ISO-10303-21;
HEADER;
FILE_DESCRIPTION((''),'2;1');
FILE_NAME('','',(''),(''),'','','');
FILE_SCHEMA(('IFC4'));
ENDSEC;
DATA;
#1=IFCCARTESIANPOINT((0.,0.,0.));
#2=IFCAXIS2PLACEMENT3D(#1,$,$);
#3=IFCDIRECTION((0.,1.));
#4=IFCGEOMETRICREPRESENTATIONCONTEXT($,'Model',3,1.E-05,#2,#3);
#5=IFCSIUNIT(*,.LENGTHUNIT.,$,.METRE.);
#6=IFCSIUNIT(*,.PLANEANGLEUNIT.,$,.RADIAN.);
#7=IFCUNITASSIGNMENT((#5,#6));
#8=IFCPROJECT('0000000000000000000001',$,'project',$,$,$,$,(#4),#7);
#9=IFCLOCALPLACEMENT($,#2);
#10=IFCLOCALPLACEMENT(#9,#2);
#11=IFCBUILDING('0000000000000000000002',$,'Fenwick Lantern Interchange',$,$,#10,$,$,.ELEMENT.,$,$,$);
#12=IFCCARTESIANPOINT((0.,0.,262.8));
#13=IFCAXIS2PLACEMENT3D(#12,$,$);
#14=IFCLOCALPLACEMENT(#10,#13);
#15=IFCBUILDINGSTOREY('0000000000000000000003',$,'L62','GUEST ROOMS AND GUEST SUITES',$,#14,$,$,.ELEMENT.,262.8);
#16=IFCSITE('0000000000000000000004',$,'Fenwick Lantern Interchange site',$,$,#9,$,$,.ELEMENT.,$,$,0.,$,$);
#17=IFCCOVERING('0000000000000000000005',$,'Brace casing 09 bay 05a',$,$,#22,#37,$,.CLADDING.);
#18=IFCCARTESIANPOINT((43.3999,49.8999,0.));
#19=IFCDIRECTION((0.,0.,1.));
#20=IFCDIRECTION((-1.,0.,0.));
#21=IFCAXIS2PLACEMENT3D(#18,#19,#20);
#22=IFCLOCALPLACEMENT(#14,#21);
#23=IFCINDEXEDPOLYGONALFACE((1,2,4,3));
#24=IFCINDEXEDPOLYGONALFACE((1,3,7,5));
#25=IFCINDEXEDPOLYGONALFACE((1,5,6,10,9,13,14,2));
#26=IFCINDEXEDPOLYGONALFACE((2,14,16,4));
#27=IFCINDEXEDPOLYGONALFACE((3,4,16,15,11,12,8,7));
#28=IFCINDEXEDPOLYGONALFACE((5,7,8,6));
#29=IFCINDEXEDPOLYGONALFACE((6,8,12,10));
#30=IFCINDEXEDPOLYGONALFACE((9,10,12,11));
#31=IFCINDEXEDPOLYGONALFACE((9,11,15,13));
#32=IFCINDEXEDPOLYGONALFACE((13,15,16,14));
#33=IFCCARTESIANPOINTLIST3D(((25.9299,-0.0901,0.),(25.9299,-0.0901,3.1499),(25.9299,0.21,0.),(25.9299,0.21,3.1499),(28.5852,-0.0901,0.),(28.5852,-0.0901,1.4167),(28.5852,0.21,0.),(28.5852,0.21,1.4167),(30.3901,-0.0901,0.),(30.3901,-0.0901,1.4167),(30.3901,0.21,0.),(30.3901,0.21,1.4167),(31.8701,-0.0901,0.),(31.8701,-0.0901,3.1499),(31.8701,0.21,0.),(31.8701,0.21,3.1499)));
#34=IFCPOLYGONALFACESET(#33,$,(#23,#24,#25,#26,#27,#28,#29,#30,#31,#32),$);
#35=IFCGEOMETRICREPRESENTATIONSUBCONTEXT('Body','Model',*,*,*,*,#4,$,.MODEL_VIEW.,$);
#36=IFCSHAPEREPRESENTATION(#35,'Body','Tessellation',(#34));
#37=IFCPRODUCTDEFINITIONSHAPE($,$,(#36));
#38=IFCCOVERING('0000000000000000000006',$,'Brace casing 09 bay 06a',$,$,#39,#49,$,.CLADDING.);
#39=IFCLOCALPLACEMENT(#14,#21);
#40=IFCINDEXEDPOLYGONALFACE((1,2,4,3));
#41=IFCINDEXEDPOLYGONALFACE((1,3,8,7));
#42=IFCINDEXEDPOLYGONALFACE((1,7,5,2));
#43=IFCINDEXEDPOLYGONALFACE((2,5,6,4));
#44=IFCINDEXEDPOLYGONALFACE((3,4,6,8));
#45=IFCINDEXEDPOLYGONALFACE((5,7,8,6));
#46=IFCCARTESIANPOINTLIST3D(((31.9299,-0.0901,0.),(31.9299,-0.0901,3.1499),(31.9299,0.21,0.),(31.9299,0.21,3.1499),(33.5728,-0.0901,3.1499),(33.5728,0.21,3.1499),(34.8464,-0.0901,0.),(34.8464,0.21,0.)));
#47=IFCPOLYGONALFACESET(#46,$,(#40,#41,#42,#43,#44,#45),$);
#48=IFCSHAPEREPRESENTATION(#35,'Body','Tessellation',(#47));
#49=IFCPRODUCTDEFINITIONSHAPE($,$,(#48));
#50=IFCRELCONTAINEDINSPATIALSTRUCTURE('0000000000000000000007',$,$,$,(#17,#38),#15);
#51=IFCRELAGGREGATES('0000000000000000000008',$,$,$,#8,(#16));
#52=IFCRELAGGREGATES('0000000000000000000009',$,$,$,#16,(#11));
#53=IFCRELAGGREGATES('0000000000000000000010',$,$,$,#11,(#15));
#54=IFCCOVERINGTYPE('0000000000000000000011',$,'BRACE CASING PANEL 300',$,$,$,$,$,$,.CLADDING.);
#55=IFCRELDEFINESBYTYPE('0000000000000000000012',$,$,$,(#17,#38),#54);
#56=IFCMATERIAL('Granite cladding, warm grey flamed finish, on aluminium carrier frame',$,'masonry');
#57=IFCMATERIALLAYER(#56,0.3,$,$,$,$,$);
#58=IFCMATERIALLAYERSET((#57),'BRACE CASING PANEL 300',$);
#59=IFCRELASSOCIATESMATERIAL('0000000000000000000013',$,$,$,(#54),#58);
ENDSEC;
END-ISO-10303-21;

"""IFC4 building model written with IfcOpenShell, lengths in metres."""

from ifc_helpers import new_model, si_unit, direction, frame, origin, place, context, subcontext, project, spatial, polyline, outline, extrude, material, layer, layer_set, type_object, element, save


model = new_model("IFC4")

# Units and contexts
model_context = context("Model", 3, precision=1e-05, world=origin(), true_north=direction((0.0, 1.0)))
body_context = subcontext(model_context, "Body", "Model", "MODEL_VIEW")
ifc_project = project(units=[si_unit("LENGTHUNIT", "METRE"), si_unit("PLANEANGLEUNIT", "RADIAN")], contexts=[model_context])

# Site, building, storey
site_placement = place(None, origin())
site = spatial("IfcSite", under=ifc_project, at=site_placement, Name="Fenwick Lantern Interchange site", CompositionType="ELEMENT", RefElevation=0.0)
building_placement = place(site_placement, origin())
building = spatial("IfcBuilding", under=site, at=building_placement, Name="Fenwick Lantern Interchange", CompositionType="ELEMENT")
storey_placement = place(building_placement, frame((0.0, 0.0, 262.8)))
storey = spatial("IfcBuildingStorey", under=building, at=storey_placement, Name="L62", Description="GUEST ROOMS AND GUEST SUITES", CompositionType="ELEMENT", Elevation=262.8)

# Coverings
ifc_material_1 = material(Name="Granite cladding, warm grey flamed finish, on aluminium carrier frame", Category="masonry")
ifc_layer_1 = layer(ifc_material_1, 0.3)
ifc_layer_set_1 = layer_set([ifc_layer_1], Name="BRACE CASING PANEL 300")
covering_type = type_object("IfcCoveringType", Name="BRACE CASING PANEL 300", PredefinedType="CLADDING", material=ifc_layer_set_1)
covering_1_placement = place(storey_placement, frame((43.3999, 49.8999, 0.0), z_axis=(0.0, 0.0, 1.0), x_axis=(-1.0, 0.0, 0.0)))
element("IfcCovering", 1, at=covering_1_placement, inside=storey, type_object=covering_type, Name="Brace casing 09 bay 05a", PredefinedType="CLADDING", context=body_context, shape_type="SweptSolid", body=[
    extrude(outline(polyline([(25.9299, 0.0), (28.5852, 0.0), (28.5852, 1.4167), (30.3901, 1.4167), (30.3901, 0.0), (31.8701, 0.0), (31.8701, 3.1499), (25.9299, 3.1499), (25.9299, 0.0)])), frame((0.0, 0.21, 0.0), z_axis=(0.0, -1.0, 0.0), x_axis=(1.0, 0.0, 0.0)), (0.0, 0.0, 1.0), 0.3),
])
covering_2_placement = place(storey_placement, frame((43.3999, 49.8999, 0.0), z_axis=(0.0, 0.0, 1.0), x_axis=(-1.0, 0.0, 0.0)))
element("IfcCovering", 2, at=covering_2_placement, inside=storey, type_object=covering_type, Name="Brace casing 09 bay 06a", PredefinedType="CLADDING", context=body_context, shape_type="SweptSolid", body=[
    extrude(outline(polyline([(31.9299, 0.0), (34.8464, 0.0), (33.5728, 3.1499), (31.9299, 3.1499), (31.9299, 0.0)])), frame((0.0, 0.21, 0.0), z_axis=(0.0, -1.0, 0.0), x_axis=(1.0, 0.0, 0.0)), (0.0, 0.0, 1.0), 0.3),
])

save(model, "model.ifc")
